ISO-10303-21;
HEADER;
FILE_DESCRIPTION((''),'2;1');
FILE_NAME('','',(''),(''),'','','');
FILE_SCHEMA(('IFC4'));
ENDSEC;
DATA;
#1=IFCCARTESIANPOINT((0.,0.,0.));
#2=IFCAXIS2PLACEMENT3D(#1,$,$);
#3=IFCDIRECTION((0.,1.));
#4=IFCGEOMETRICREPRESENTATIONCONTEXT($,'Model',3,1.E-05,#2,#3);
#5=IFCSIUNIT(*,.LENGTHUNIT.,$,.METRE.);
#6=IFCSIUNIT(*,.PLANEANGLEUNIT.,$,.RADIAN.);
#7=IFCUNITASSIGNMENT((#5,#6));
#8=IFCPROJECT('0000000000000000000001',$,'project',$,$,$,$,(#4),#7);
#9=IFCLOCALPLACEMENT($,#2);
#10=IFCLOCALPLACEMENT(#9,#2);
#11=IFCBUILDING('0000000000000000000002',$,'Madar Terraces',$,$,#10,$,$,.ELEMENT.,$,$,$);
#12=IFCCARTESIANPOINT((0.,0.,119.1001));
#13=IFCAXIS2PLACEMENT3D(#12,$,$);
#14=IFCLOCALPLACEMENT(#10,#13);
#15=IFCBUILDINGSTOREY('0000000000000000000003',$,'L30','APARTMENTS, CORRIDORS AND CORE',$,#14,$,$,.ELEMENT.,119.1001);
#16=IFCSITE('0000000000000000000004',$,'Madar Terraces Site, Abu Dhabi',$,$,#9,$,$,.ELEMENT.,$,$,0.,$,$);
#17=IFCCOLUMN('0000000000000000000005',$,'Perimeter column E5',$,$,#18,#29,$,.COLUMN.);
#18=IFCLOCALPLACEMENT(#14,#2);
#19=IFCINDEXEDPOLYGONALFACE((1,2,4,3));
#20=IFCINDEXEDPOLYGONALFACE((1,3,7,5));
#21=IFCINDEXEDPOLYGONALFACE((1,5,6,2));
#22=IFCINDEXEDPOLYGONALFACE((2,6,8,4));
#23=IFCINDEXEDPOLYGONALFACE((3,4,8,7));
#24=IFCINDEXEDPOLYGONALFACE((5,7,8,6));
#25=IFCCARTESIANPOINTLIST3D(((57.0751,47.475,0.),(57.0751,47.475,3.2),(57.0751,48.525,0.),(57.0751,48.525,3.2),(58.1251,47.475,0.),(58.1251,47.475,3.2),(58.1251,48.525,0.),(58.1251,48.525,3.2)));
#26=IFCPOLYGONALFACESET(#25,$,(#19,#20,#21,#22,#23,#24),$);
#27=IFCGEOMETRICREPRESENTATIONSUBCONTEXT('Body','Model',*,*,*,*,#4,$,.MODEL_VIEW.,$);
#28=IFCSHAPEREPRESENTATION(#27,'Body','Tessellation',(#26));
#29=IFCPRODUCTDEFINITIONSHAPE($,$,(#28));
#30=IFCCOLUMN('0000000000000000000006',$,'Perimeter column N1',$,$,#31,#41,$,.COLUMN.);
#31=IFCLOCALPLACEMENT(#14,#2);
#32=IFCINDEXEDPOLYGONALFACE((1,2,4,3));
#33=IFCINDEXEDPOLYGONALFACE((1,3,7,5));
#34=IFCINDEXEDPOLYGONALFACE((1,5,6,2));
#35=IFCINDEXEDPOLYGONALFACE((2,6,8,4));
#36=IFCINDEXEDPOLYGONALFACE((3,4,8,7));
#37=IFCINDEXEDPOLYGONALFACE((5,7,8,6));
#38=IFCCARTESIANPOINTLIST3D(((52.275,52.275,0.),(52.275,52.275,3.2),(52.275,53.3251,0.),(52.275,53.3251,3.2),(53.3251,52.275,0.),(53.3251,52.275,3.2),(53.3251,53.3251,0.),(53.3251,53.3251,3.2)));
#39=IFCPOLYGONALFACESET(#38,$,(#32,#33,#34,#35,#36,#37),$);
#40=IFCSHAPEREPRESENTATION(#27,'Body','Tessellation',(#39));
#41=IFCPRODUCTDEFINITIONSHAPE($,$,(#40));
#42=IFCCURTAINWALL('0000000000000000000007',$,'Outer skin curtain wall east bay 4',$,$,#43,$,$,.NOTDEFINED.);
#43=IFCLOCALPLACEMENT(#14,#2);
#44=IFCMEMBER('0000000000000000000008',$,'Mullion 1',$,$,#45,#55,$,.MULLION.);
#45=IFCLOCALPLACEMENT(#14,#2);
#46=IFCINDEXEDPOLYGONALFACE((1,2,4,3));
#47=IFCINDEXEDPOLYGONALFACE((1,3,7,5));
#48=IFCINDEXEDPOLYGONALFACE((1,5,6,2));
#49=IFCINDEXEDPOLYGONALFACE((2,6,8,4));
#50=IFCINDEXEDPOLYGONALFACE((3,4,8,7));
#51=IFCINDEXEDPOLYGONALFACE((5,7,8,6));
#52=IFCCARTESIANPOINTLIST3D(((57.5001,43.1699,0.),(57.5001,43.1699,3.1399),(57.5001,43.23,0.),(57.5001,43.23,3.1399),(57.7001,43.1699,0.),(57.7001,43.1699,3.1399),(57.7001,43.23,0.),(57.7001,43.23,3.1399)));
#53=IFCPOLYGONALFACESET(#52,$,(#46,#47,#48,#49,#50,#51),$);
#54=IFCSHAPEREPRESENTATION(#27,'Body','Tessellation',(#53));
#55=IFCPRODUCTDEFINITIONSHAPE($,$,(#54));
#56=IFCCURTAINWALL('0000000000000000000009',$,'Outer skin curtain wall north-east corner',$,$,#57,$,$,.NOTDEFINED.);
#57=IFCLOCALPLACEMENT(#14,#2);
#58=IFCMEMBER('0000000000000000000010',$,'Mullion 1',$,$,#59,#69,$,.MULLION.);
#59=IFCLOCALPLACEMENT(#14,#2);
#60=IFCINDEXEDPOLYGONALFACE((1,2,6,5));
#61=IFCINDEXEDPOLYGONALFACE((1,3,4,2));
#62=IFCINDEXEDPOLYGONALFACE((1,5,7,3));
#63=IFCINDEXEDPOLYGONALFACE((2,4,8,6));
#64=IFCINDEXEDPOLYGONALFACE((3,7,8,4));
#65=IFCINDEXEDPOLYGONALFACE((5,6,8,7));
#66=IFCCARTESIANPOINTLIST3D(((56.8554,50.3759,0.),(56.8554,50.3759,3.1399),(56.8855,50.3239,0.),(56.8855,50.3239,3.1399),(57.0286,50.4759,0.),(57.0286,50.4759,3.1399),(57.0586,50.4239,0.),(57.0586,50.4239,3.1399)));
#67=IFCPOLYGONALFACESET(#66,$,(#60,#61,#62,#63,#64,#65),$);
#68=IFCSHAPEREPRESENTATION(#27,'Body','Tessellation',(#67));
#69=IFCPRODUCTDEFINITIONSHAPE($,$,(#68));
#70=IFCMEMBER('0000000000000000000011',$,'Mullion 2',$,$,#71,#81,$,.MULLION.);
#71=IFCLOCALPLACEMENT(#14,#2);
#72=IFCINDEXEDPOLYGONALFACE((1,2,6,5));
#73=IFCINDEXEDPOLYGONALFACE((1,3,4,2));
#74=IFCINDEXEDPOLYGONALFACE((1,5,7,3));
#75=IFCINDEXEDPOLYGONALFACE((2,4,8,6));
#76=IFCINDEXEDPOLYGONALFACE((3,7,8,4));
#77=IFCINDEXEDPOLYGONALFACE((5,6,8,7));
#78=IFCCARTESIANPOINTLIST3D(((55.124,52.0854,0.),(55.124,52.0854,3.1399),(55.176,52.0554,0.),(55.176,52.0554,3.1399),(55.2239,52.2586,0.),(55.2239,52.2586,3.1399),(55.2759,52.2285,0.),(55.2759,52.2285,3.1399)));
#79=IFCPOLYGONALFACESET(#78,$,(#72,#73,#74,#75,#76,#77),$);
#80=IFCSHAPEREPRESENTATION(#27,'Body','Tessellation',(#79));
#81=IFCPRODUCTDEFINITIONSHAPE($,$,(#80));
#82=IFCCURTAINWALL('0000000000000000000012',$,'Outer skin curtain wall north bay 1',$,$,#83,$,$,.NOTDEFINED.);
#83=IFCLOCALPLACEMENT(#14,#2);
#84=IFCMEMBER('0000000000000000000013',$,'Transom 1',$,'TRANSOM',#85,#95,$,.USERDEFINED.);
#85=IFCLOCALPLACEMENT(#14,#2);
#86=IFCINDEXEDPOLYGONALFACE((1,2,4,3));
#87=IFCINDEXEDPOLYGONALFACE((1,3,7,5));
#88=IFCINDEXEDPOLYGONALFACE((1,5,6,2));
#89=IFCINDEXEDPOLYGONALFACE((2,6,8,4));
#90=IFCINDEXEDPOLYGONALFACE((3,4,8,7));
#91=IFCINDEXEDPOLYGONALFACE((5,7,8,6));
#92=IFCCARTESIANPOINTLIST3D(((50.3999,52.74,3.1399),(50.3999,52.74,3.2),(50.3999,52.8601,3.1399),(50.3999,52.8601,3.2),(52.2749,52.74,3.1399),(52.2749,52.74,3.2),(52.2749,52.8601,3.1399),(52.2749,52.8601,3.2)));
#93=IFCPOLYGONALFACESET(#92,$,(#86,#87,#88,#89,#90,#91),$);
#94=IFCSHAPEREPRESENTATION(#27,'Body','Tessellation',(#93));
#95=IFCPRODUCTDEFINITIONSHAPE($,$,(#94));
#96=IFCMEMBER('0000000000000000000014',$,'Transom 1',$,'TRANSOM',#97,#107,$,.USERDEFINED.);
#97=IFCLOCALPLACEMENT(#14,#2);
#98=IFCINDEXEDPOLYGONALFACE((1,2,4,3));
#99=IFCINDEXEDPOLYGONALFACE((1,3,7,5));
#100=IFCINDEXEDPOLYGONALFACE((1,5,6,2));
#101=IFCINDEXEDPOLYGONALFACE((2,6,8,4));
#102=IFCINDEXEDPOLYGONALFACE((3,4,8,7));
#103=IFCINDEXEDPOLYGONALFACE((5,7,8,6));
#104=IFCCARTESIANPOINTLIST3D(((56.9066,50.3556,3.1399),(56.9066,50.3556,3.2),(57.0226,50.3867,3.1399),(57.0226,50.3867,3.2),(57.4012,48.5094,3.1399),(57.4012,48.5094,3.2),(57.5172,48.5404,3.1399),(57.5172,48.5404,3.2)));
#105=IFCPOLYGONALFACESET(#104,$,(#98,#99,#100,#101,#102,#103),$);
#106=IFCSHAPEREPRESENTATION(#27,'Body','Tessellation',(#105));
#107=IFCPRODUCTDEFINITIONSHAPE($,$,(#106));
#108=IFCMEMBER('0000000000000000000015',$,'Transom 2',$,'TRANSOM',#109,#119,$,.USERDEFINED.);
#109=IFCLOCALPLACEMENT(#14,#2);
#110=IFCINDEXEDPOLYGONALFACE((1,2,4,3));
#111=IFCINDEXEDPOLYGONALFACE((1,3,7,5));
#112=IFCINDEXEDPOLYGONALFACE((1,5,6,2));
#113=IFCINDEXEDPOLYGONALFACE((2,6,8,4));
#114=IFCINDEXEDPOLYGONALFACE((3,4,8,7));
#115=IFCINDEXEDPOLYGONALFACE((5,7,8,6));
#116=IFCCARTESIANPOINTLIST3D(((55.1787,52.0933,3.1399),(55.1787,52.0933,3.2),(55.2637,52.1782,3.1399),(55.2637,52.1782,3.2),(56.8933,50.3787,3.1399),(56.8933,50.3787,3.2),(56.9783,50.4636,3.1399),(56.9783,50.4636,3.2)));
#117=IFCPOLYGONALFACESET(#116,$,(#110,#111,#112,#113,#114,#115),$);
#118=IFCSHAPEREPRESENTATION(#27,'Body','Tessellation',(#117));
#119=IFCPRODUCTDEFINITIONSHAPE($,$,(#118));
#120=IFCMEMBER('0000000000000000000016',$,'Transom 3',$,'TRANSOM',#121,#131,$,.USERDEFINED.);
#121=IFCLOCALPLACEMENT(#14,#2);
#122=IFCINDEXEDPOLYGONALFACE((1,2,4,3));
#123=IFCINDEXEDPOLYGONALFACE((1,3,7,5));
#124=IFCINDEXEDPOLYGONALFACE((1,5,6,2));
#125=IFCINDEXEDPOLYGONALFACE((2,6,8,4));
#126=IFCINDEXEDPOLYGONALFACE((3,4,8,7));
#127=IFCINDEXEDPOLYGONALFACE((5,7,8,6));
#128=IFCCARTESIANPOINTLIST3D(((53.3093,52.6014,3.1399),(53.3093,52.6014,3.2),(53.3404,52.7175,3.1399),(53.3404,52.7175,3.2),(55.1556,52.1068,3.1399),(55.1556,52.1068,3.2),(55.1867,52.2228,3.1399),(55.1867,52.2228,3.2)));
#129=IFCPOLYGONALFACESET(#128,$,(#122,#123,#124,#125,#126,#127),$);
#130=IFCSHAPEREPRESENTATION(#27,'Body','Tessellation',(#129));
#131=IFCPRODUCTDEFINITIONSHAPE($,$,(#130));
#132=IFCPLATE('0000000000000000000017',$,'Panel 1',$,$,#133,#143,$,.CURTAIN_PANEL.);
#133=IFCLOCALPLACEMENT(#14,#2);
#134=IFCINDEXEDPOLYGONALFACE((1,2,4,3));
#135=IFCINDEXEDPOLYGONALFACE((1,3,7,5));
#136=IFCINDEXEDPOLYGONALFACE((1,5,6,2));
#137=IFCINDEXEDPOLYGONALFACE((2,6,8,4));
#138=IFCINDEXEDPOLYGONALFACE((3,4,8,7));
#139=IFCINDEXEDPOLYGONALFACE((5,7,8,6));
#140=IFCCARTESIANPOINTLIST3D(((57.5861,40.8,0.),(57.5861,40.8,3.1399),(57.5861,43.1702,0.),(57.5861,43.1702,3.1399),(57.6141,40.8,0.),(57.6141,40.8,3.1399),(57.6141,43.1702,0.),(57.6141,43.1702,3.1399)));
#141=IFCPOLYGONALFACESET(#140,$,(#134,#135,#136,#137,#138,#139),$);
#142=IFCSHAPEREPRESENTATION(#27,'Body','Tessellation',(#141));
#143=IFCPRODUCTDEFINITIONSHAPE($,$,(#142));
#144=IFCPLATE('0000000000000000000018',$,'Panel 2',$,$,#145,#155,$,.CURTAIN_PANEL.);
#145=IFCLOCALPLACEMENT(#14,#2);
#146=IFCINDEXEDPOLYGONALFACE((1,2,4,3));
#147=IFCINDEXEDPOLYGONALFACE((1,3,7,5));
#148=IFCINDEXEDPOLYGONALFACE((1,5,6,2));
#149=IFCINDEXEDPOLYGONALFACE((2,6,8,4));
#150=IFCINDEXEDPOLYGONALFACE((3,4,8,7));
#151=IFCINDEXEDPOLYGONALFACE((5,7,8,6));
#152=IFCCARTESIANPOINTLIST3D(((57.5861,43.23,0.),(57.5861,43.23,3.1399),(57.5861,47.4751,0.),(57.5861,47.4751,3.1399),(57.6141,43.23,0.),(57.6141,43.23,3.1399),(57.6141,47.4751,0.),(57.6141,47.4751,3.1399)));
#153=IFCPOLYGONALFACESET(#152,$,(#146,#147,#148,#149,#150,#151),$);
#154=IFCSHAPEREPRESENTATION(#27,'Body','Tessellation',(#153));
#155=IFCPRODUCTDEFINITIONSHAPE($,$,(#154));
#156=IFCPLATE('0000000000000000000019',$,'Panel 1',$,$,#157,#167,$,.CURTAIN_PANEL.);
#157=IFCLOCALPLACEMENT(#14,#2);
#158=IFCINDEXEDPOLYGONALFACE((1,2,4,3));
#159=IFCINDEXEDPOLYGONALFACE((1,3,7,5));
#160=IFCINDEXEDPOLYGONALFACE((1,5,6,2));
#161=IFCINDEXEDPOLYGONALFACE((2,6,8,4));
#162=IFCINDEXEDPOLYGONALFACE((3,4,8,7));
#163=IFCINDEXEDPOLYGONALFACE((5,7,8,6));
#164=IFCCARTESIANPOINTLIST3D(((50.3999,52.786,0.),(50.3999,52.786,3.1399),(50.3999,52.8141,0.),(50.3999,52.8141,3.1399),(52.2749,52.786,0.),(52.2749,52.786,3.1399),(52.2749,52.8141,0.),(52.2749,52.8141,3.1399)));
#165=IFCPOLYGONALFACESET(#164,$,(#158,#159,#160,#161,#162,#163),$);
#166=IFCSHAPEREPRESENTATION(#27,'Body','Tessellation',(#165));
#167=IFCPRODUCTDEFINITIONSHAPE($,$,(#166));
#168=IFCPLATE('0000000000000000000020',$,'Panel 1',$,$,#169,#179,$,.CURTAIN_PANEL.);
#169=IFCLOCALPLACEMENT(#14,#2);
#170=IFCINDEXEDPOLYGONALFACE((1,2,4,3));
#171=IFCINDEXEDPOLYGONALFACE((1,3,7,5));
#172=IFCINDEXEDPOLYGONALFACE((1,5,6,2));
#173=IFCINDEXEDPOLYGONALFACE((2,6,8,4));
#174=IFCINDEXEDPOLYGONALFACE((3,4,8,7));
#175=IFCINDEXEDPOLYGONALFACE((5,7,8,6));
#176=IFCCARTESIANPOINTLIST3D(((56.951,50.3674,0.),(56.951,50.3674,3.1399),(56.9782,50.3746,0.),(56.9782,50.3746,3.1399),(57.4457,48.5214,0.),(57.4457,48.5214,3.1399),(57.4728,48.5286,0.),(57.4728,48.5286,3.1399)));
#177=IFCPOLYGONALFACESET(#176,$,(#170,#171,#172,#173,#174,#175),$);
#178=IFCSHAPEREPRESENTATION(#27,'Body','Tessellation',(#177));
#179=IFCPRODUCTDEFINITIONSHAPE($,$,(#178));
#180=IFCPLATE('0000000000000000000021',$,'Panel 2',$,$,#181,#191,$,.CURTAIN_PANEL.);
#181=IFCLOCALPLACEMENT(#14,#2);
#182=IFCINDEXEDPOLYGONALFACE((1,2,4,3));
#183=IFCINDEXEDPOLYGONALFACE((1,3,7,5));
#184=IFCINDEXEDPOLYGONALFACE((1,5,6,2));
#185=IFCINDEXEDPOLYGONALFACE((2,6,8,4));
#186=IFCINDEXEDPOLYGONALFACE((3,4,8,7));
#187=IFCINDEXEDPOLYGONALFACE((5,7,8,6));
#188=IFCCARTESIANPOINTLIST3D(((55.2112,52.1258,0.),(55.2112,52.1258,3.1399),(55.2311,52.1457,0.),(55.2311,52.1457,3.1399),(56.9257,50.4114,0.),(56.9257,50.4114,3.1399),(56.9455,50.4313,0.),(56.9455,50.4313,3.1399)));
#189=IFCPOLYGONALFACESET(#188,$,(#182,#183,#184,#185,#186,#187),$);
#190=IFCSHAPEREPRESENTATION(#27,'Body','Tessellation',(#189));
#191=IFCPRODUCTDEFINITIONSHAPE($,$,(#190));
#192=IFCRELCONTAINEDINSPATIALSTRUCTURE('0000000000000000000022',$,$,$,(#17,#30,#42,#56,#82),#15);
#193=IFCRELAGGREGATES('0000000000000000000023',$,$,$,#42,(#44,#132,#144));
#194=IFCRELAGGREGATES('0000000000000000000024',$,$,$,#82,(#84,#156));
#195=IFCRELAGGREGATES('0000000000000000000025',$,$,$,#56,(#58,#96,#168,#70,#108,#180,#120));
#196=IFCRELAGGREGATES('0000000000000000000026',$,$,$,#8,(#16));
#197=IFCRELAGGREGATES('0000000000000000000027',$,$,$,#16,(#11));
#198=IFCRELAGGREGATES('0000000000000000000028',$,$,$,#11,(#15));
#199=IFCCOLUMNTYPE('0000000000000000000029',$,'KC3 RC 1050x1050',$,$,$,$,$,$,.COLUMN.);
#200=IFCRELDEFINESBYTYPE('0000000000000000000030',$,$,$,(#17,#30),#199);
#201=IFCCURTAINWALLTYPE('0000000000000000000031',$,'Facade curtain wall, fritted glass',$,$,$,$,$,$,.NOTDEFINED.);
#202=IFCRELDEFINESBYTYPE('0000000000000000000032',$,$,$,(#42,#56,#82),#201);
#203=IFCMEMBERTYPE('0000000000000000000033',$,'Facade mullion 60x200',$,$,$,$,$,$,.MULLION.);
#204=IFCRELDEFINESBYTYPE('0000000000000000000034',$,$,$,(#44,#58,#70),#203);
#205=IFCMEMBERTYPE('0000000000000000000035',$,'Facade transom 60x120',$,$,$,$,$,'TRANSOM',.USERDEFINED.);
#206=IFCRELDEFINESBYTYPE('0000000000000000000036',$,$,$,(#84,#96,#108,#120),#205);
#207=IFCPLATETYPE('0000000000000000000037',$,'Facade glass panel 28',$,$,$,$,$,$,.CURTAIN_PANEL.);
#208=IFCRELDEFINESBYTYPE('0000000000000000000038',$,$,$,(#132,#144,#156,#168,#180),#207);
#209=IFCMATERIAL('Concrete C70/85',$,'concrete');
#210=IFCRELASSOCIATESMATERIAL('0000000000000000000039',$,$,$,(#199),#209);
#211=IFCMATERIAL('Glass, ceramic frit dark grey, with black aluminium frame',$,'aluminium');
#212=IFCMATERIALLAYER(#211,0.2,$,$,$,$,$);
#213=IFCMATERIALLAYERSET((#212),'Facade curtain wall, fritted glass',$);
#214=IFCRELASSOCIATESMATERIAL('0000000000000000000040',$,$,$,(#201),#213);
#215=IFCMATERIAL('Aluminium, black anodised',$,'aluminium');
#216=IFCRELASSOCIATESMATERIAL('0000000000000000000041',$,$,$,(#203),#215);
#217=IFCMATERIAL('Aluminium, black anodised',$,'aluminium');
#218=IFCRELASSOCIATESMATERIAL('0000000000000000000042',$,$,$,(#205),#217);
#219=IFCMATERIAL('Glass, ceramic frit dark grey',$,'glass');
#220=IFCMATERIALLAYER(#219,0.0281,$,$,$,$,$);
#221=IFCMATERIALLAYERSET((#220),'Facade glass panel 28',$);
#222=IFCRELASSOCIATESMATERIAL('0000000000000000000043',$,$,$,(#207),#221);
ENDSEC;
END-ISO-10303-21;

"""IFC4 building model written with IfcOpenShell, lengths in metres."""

from ifc_helpers import new_model, si_unit, direction, frame, origin, origin_2d, place, context, subcontext, project, spatial, rectangle, extrude, material, layer, layer_set, material_profile, profile_set, type_object, element, aggregate, save


model = new_model("IFC4")

# Units and contexts
model_context = context("Model", 3, precision=1e-05, world=origin(), true_north=direction((0.0, 1.0)))
body_context = subcontext(model_context, "Body", "Model", "MODEL_VIEW")
ifc_project = project(units=[si_unit("LENGTHUNIT", "METRE"), si_unit("PLANEANGLEUNIT", "RADIAN")], contexts=[model_context])

# Site, building, storey
site_placement = place(None, origin())
site = spatial("IfcSite", under=ifc_project, at=site_placement, Name="Madar Terraces Site, Abu Dhabi", CompositionType="ELEMENT", RefElevation=0.0)
building_placement = place(site_placement, origin())
building = spatial("IfcBuilding", under=site, at=building_placement, Name="Madar Terraces", CompositionType="ELEMENT")
storey_placement = place(building_placement, frame((0.0, 0.0, 119.1001)))
storey = spatial("IfcBuildingStorey", under=building, at=storey_placement, Name="L30", Description="APARTMENTS, CORRIDORS AND CORE", CompositionType="ELEMENT", Elevation=119.1001)

# Columns
ifc_material_1 = material(Name="Concrete C70/85", Category="concrete")
ifc_material_profile_1 = material_profile(ifc_material_1, rectangle(XDim=1.05, YDim=1.05, at=origin_2d()), Name="KC3 RC 1050x1050")
ifc_profile_set_1 = profile_set([ifc_material_profile_1], Name="Concrete C70/85")
column_type = type_object("IfcColumnType", Name="KC3 RC 1050x1050", PredefinedType="COLUMN", material=ifc_profile_set_1)
for number, where, z_axis, x_axis, name in (
    (1, (57.6001, 48.0, 0.0), (0.0, 0.0, 1.0), (1.0, 0.0, 0.0), "Perimeter column E5"),
    (2, (52.8, 52.8, 0.0), (0.0, 0.0, 1.0), (1.0, 0.0, 0.0), "Perimeter column N1"),
):
    element("IfcColumn", number, at=place(storey_placement, frame(where, z_axis=z_axis, x_axis=x_axis)), inside=storey, type_object=column_type, Name=name, PredefinedType="COLUMN", context=body_context, shape_type="SweptSolid", body=[
        extrude(rectangle(XDim=1.05, YDim=1.05, at=origin_2d()), origin(), (0.0, 0.0, 1.0), 3.2),
    ])

# Curtain wall, member
ifc_material_2 = material(Name="Glass, ceramic frit dark grey, with black aluminium frame", Category="aluminium")
ifc_layer_1 = layer(ifc_material_2, 0.2)
ifc_layer_set_1 = layer_set([ifc_layer_1], Name="Facade curtain wall, fritted glass")
curtain_wall_type = type_object("IfcCurtainWallType", Name="Facade curtain wall, fritted glass", PredefinedType="NOTDEFINED", material=ifc_layer_set_1)
curtain_wall_1_placement = place(storey_placement, origin())
curtain_wall_1 = element("IfcCurtainWall", 3, at=curtain_wall_1_placement, inside=storey, type_object=curtain_wall_type, Name="Outer skin curtain wall east bay 4", PredefinedType="NOTDEFINED")
ifc_material_3 = material(Name="Aluminium, black anodised", Category="aluminium")
ifc_material_profile_2 = material_profile(ifc_material_3, rectangle(XDim=0.2, YDim=0.0601, at=origin_2d()), Name="Facade mullion 60x200")
ifc_profile_set_2 = profile_set([ifc_material_profile_2], Name="Aluminium, black anodised")
member_type_1 = type_object("IfcMemberType", Name="Facade mullion 60x200", PredefinedType="MULLION", material=ifc_profile_set_2)
member_1_placement = place(storey_placement, frame((57.6001, 43.2, 0.0), z_axis=(0.0, 0.0, 1.0), x_axis=(-1.0, 0.0, 0.0)))
member_1 = element("IfcMember", 4, at=member_1_placement, type_object=member_type_1, Name="Mullion 1", PredefinedType="MULLION", context=body_context, shape_type="SweptSolid", body=[
    extrude(rectangle(XDim=0.2, YDim=0.0601, at=origin_2d()), origin(), (0.0, 0.0, 1.0), 3.1399),
])

# Curtain wall, members
curtain_wall_2_placement = place(storey_placement, origin())
curtain_wall_2 = element("IfcCurtainWall", 5, at=curtain_wall_2_placement, inside=storey, type_object=curtain_wall_type, Name="Outer skin curtain wall north-east corner", PredefinedType="NOTDEFINED")
member_2_placement = place(storey_placement, frame((56.957, 50.3999, 0.0), z_axis=(0.0, 0.0, 1.0), x_axis=(-0.866025, -0.5, 0.0)))
member_2 = element("IfcMember", 6, at=member_2_placement, type_object=member_type_1, Name="Mullion 1", PredefinedType="MULLION", context=body_context, shape_type="SweptSolid", body=[
    extrude(rectangle(XDim=0.2, YDim=0.0601, at=origin_2d()), origin(), (0.0, 0.0, 1.0), 3.1399),
])
member_3_placement = place(storey_placement, frame((55.2, 52.157, 0.0), z_axis=(0.0, 0.0, 1.0), x_axis=(-0.5, -0.866025, 0.0)))
member_3 = element("IfcMember", 7, at=member_3_placement, type_object=member_type_1, Name="Mullion 2", PredefinedType="MULLION", context=body_context, shape_type="SweptSolid", body=[
    extrude(rectangle(XDim=0.2, YDim=0.0601, at=origin_2d()), origin(), (0.0, 0.0, 1.0), 3.1399),
])

# Curtain wall, member
curtain_wall_3_placement = place(storey_placement, origin())
curtain_wall_3 = element("IfcCurtainWall", 8, at=curtain_wall_3_placement, inside=storey, type_object=curtain_wall_type, Name="Outer skin curtain wall north bay 1", PredefinedType="NOTDEFINED")
ifc_material_4 = material(Name="Aluminium, black anodised", Category="aluminium")
ifc_material_profile_3 = material_profile(ifc_material_4, rectangle(XDim=0.1201, YDim=0.0601, at=origin_2d()), Name="Facade transom 60x120")
ifc_profile_set_3 = profile_set([ifc_material_profile_3], Name="Aluminium, black anodised")
member_type_2 = type_object("IfcMemberType", Name="Facade transom 60x120", ElementType="TRANSOM", PredefinedType="USERDEFINED", material=ifc_profile_set_3)
member_4_placement = place(storey_placement, frame((52.2749, 52.8, 3.1699), z_axis=(-1.0, 0.0, 0.0), x_axis=(0.0, -1.0, 0.0)))
member_4 = element("IfcMember", 9, at=member_4_placement, type_object=member_type_2, Name="Transom 1", ObjectType="TRANSOM", PredefinedType="USERDEFINED", context=body_context, shape_type="SweptSolid", body=[
    extrude(rectangle(XDim=0.1201, YDim=0.0601, at=origin_2d()), origin(), (0.0, 0.0, 1.0), 1.875),
])

# Members
member_5_placement = place(storey_placement, frame((57.4592, 48.5249, 3.1699), z_axis=(-0.258791, 0.965933, 0.0), x_axis=(-0.965933, -0.258791, 0.0)))
member_5 = element("IfcMember", 10, at=member_5_placement, type_object=member_type_2, Name="Transom 1", ObjectType="TRANSOM", PredefinedType="USERDEFINED", context=body_context, shape_type="SweptSolid", body=[
    extrude(rectangle(XDim=0.1201, YDim=0.0601, at=origin_2d()), origin(), (0.0, 0.0, 1.0), 1.9114),
])
member_6_placement = place(storey_placement, frame((56.9358, 50.4211, 3.1699), z_axis=(-0.707107, 0.707107, 0.0), x_axis=(-0.707107, -0.707107, 0.0)))
member_6 = element("IfcMember", 11, at=member_6_placement, type_object=member_type_2, Name="Transom 2", ObjectType="TRANSOM", PredefinedType="USERDEFINED", context=body_context, shape_type="SweptSolid", body=[
    extrude(rectangle(XDim=0.1201, YDim=0.0601, at=origin_2d()), origin(), (0.0, 0.0, 1.0), 2.4248),
])
member_7_placement = place(storey_placement, frame((55.1711, 52.1648, 3.1699), z_axis=(-0.965933, 0.258791, 0.0), x_axis=(-0.258791, -0.965933, 0.0)))
member_7 = element("IfcMember", 12, at=member_7_placement, type_object=member_type_2, Name="Transom 3", ObjectType="TRANSOM", PredefinedType="USERDEFINED", context=body_context, shape_type="SweptSolid", body=[
    extrude(rectangle(XDim=0.1201, YDim=0.0601, at=origin_2d()), origin(), (0.0, 0.0, 1.0), 1.9114),
])

# Plates
ifc_material_5 = material(Name="Glass, ceramic frit dark grey", Category="glass")
ifc_layer_2 = layer(ifc_material_5, 0.0281)
ifc_layer_set_2 = layer_set([ifc_layer_2], Name="Facade glass panel 28")
plate_type = type_object("IfcPlateType", Name="Facade glass panel 28", PredefinedType="CURTAIN_PANEL", material=ifc_layer_set_2)
plate_1_placement = place(storey_placement, frame((57.6001, 41.9851, 0.0), z_axis=(0.0, 0.0, 1.0), x_axis=(0.0, 1.0, 0.0)))
plate_1 = element("IfcPlate", 13, at=plate_1_placement, type_object=plate_type, Name="Panel 1", PredefinedType="CURTAIN_PANEL", context=body_context, shape_type="SweptSolid", body=[
    extrude(rectangle(XDim=2.3701, YDim=0.0281, at=origin_2d()), origin(), (0.0, 0.0, 1.0), 3.1399),
])
plate_2_placement = place(storey_placement, frame((57.6001, 45.3525, 0.0), z_axis=(0.0, 0.0, 1.0), x_axis=(0.0, 1.0, 0.0)))
plate_2 = element("IfcPlate", 14, at=plate_2_placement, type_object=plate_type, Name="Panel 2", PredefinedType="CURTAIN_PANEL", context=body_context, shape_type="SweptSolid", body=[
    extrude(rectangle(XDim=4.2451, YDim=0.0281, at=origin_2d()), origin(), (0.0, 0.0, 1.0), 3.1399),
])
aggregate(curtain_wall_1, [member_1, plate_1, plate_2])
plate_3_placement = place(storey_placement, frame((51.3374, 52.8, 0.0), z_axis=(0.0, 0.0, 1.0), x_axis=(-1.0, 0.0, 0.0)))
plate_3 = element("IfcPlate", 15, at=plate_3_placement, type_object=plate_type, Name="Panel 1", PredefinedType="CURTAIN_PANEL", context=body_context, shape_type="SweptSolid", body=[
    extrude(rectangle(XDim=1.875, YDim=0.0281, at=origin_2d()), origin(), (0.0, 0.0, 1.0), 3.1399),
])
aggregate(curtain_wall_3, [member_4, plate_3])
plate_4_placement = place(storey_placement, frame((57.2119, 49.448, 0.0), z_axis=(0.0, 0.0, 1.0), x_axis=(-0.258819, 0.965926, 0.0)))
plate_4 = element("IfcPlate", 16, at=plate_4_placement, type_object=plate_type, Name="Panel 1", PredefinedType="CURTAIN_PANEL", context=body_context, shape_type="SweptSolid", body=[
    extrude(rectangle(XDim=1.9111, YDim=0.0281, at=origin_2d()), origin(), (0.0, 0.0, 1.0), 3.1399),
])
plate_5_placement = place(storey_placement, frame((56.0784, 51.2786, 0.0), z_axis=(0.0, 0.0, 1.0), x_axis=(-0.707107, 0.707107, 0.0)))
plate_5 = element("IfcPlate", 17, at=plate_5_placement, type_object=plate_type, Name="Panel 2", PredefinedType="CURTAIN_PANEL", context=body_context, shape_type="SweptSolid", body=[
    extrude(rectangle(XDim=2.4246, YDim=0.0281, at=origin_2d()), origin(), (0.0, 0.0, 1.0), 3.1399),
])
aggregate(curtain_wall_2, [member_2, member_5, plate_4, member_3, member_6, plate_5, member_7])

save(model, "model.ifc")
